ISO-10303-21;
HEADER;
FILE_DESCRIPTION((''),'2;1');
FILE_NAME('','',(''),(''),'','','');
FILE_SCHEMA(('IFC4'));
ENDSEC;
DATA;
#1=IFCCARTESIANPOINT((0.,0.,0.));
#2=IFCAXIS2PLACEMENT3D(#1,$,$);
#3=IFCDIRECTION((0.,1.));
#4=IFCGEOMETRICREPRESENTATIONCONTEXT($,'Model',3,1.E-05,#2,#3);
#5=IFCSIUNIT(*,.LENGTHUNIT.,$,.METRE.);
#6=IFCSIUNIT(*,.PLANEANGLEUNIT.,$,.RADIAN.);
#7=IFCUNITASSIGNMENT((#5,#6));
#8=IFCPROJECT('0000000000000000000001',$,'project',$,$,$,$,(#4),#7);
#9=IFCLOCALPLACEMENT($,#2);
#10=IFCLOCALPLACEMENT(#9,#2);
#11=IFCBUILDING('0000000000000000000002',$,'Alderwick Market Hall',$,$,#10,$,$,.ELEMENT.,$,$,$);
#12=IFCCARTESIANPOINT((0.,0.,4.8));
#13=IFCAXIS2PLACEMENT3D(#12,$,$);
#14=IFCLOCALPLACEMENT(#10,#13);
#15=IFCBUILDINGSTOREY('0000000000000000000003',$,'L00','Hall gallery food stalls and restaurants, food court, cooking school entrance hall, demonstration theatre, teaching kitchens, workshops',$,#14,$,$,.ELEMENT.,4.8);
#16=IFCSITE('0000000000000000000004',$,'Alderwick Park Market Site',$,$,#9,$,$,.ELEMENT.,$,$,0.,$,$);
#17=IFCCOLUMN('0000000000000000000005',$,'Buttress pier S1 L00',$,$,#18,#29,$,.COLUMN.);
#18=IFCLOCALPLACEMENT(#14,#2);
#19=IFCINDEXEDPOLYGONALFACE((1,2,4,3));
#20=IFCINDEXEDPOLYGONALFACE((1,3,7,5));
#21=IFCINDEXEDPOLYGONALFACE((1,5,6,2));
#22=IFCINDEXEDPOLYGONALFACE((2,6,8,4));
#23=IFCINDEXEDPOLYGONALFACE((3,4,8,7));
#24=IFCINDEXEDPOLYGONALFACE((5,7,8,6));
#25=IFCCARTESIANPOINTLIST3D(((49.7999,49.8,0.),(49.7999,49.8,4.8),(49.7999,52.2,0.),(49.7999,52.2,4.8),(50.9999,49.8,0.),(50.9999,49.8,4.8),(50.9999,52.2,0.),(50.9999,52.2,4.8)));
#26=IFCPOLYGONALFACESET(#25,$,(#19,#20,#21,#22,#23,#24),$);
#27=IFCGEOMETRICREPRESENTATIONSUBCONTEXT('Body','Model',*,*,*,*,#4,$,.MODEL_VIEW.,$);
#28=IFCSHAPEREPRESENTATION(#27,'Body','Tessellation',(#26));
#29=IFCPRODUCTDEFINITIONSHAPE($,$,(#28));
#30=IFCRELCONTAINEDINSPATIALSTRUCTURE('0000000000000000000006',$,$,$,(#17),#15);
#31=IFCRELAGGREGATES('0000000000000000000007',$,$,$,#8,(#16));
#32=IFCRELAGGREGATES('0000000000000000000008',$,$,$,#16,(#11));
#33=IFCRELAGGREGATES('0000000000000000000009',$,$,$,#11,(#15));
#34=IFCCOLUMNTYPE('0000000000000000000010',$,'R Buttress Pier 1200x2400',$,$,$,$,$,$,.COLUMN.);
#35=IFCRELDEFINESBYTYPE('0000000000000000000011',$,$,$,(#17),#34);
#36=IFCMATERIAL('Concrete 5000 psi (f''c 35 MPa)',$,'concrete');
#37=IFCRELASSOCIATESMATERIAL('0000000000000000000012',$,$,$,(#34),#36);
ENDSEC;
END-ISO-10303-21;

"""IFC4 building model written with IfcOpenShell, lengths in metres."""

from ifc_helpers import new_model, si_unit, direction, frame, origin, origin_2d, place, context, subcontext, project, spatial, rectangle, extrude, material, material_profile, profile_set, type_object, element, save


model = new_model("IFC4")

# Units and contexts
model_context = context("Model", 3, precision=1e-05, world=origin(), true_north=direction((0.0, 1.0)))
body_context = subcontext(model_context, "Body", "Model", "MODEL_VIEW")
ifc_project = project(units=[si_unit("LENGTHUNIT", "METRE"), si_unit("PLANEANGLEUNIT", "RADIAN")], contexts=[model_context])

# Site, building, storey
site_placement = place(None, origin())
site = spatial("IfcSite", under=ifc_project, at=site_placement, Name="Alderwick Park Market Site", CompositionType="ELEMENT", RefElevation=0.0)
building_placement = place(site_placement, origin())
building = spatial("IfcBuilding", under=site, at=building_placement, Name="Alderwick Market Hall", CompositionType="ELEMENT")
storey_placement = place(building_placement, frame((0.0, 0.0, 4.8)))
storey = spatial("IfcBuildingStorey", under=building, at=storey_placement, Name="L00", Description="Hall gallery food stalls and restaurants, food court, cooking school entrance hall, demonstration theatre, teaching kitchens, workshops", CompositionType="ELEMENT", Elevation=4.8)

# Column
ifc_material_1 = material(Name="Concrete 5000 psi (f'c 35 MPa)", Category="concrete")
ifc_material_profile = material_profile(ifc_material_1, rectangle(XDim=1.2, YDim=2.3999, at=origin_2d()), Name="RC 1200x2400")
ifc_profile_set = profile_set([ifc_material_profile], Name="Concrete 5000 psi (f'c 35 MPa)")
column_type = type_object("IfcColumnType", Name="R Buttress Pier 1200x2400", PredefinedType="COLUMN", material=ifc_profile_set)
column_placement = place(storey_placement, frame((50.3999, 51.0, 0.0), z_axis=(0.0, 0.0, 1.0), x_axis=(1.0, 0.0, 0.0)))
element("IfcColumn", 1, at=column_placement, inside=storey, type_object=column_type, Name="Buttress pier S1 L00", PredefinedType="COLUMN", context=body_context, shape_type="SweptSolid", body=[
    extrude(rectangle(XDim=1.2, YDim=2.3999, at=origin_2d()), origin(), (0.0, 0.0, 1.0), 4.8),
])

save(model, "model.ifc")
